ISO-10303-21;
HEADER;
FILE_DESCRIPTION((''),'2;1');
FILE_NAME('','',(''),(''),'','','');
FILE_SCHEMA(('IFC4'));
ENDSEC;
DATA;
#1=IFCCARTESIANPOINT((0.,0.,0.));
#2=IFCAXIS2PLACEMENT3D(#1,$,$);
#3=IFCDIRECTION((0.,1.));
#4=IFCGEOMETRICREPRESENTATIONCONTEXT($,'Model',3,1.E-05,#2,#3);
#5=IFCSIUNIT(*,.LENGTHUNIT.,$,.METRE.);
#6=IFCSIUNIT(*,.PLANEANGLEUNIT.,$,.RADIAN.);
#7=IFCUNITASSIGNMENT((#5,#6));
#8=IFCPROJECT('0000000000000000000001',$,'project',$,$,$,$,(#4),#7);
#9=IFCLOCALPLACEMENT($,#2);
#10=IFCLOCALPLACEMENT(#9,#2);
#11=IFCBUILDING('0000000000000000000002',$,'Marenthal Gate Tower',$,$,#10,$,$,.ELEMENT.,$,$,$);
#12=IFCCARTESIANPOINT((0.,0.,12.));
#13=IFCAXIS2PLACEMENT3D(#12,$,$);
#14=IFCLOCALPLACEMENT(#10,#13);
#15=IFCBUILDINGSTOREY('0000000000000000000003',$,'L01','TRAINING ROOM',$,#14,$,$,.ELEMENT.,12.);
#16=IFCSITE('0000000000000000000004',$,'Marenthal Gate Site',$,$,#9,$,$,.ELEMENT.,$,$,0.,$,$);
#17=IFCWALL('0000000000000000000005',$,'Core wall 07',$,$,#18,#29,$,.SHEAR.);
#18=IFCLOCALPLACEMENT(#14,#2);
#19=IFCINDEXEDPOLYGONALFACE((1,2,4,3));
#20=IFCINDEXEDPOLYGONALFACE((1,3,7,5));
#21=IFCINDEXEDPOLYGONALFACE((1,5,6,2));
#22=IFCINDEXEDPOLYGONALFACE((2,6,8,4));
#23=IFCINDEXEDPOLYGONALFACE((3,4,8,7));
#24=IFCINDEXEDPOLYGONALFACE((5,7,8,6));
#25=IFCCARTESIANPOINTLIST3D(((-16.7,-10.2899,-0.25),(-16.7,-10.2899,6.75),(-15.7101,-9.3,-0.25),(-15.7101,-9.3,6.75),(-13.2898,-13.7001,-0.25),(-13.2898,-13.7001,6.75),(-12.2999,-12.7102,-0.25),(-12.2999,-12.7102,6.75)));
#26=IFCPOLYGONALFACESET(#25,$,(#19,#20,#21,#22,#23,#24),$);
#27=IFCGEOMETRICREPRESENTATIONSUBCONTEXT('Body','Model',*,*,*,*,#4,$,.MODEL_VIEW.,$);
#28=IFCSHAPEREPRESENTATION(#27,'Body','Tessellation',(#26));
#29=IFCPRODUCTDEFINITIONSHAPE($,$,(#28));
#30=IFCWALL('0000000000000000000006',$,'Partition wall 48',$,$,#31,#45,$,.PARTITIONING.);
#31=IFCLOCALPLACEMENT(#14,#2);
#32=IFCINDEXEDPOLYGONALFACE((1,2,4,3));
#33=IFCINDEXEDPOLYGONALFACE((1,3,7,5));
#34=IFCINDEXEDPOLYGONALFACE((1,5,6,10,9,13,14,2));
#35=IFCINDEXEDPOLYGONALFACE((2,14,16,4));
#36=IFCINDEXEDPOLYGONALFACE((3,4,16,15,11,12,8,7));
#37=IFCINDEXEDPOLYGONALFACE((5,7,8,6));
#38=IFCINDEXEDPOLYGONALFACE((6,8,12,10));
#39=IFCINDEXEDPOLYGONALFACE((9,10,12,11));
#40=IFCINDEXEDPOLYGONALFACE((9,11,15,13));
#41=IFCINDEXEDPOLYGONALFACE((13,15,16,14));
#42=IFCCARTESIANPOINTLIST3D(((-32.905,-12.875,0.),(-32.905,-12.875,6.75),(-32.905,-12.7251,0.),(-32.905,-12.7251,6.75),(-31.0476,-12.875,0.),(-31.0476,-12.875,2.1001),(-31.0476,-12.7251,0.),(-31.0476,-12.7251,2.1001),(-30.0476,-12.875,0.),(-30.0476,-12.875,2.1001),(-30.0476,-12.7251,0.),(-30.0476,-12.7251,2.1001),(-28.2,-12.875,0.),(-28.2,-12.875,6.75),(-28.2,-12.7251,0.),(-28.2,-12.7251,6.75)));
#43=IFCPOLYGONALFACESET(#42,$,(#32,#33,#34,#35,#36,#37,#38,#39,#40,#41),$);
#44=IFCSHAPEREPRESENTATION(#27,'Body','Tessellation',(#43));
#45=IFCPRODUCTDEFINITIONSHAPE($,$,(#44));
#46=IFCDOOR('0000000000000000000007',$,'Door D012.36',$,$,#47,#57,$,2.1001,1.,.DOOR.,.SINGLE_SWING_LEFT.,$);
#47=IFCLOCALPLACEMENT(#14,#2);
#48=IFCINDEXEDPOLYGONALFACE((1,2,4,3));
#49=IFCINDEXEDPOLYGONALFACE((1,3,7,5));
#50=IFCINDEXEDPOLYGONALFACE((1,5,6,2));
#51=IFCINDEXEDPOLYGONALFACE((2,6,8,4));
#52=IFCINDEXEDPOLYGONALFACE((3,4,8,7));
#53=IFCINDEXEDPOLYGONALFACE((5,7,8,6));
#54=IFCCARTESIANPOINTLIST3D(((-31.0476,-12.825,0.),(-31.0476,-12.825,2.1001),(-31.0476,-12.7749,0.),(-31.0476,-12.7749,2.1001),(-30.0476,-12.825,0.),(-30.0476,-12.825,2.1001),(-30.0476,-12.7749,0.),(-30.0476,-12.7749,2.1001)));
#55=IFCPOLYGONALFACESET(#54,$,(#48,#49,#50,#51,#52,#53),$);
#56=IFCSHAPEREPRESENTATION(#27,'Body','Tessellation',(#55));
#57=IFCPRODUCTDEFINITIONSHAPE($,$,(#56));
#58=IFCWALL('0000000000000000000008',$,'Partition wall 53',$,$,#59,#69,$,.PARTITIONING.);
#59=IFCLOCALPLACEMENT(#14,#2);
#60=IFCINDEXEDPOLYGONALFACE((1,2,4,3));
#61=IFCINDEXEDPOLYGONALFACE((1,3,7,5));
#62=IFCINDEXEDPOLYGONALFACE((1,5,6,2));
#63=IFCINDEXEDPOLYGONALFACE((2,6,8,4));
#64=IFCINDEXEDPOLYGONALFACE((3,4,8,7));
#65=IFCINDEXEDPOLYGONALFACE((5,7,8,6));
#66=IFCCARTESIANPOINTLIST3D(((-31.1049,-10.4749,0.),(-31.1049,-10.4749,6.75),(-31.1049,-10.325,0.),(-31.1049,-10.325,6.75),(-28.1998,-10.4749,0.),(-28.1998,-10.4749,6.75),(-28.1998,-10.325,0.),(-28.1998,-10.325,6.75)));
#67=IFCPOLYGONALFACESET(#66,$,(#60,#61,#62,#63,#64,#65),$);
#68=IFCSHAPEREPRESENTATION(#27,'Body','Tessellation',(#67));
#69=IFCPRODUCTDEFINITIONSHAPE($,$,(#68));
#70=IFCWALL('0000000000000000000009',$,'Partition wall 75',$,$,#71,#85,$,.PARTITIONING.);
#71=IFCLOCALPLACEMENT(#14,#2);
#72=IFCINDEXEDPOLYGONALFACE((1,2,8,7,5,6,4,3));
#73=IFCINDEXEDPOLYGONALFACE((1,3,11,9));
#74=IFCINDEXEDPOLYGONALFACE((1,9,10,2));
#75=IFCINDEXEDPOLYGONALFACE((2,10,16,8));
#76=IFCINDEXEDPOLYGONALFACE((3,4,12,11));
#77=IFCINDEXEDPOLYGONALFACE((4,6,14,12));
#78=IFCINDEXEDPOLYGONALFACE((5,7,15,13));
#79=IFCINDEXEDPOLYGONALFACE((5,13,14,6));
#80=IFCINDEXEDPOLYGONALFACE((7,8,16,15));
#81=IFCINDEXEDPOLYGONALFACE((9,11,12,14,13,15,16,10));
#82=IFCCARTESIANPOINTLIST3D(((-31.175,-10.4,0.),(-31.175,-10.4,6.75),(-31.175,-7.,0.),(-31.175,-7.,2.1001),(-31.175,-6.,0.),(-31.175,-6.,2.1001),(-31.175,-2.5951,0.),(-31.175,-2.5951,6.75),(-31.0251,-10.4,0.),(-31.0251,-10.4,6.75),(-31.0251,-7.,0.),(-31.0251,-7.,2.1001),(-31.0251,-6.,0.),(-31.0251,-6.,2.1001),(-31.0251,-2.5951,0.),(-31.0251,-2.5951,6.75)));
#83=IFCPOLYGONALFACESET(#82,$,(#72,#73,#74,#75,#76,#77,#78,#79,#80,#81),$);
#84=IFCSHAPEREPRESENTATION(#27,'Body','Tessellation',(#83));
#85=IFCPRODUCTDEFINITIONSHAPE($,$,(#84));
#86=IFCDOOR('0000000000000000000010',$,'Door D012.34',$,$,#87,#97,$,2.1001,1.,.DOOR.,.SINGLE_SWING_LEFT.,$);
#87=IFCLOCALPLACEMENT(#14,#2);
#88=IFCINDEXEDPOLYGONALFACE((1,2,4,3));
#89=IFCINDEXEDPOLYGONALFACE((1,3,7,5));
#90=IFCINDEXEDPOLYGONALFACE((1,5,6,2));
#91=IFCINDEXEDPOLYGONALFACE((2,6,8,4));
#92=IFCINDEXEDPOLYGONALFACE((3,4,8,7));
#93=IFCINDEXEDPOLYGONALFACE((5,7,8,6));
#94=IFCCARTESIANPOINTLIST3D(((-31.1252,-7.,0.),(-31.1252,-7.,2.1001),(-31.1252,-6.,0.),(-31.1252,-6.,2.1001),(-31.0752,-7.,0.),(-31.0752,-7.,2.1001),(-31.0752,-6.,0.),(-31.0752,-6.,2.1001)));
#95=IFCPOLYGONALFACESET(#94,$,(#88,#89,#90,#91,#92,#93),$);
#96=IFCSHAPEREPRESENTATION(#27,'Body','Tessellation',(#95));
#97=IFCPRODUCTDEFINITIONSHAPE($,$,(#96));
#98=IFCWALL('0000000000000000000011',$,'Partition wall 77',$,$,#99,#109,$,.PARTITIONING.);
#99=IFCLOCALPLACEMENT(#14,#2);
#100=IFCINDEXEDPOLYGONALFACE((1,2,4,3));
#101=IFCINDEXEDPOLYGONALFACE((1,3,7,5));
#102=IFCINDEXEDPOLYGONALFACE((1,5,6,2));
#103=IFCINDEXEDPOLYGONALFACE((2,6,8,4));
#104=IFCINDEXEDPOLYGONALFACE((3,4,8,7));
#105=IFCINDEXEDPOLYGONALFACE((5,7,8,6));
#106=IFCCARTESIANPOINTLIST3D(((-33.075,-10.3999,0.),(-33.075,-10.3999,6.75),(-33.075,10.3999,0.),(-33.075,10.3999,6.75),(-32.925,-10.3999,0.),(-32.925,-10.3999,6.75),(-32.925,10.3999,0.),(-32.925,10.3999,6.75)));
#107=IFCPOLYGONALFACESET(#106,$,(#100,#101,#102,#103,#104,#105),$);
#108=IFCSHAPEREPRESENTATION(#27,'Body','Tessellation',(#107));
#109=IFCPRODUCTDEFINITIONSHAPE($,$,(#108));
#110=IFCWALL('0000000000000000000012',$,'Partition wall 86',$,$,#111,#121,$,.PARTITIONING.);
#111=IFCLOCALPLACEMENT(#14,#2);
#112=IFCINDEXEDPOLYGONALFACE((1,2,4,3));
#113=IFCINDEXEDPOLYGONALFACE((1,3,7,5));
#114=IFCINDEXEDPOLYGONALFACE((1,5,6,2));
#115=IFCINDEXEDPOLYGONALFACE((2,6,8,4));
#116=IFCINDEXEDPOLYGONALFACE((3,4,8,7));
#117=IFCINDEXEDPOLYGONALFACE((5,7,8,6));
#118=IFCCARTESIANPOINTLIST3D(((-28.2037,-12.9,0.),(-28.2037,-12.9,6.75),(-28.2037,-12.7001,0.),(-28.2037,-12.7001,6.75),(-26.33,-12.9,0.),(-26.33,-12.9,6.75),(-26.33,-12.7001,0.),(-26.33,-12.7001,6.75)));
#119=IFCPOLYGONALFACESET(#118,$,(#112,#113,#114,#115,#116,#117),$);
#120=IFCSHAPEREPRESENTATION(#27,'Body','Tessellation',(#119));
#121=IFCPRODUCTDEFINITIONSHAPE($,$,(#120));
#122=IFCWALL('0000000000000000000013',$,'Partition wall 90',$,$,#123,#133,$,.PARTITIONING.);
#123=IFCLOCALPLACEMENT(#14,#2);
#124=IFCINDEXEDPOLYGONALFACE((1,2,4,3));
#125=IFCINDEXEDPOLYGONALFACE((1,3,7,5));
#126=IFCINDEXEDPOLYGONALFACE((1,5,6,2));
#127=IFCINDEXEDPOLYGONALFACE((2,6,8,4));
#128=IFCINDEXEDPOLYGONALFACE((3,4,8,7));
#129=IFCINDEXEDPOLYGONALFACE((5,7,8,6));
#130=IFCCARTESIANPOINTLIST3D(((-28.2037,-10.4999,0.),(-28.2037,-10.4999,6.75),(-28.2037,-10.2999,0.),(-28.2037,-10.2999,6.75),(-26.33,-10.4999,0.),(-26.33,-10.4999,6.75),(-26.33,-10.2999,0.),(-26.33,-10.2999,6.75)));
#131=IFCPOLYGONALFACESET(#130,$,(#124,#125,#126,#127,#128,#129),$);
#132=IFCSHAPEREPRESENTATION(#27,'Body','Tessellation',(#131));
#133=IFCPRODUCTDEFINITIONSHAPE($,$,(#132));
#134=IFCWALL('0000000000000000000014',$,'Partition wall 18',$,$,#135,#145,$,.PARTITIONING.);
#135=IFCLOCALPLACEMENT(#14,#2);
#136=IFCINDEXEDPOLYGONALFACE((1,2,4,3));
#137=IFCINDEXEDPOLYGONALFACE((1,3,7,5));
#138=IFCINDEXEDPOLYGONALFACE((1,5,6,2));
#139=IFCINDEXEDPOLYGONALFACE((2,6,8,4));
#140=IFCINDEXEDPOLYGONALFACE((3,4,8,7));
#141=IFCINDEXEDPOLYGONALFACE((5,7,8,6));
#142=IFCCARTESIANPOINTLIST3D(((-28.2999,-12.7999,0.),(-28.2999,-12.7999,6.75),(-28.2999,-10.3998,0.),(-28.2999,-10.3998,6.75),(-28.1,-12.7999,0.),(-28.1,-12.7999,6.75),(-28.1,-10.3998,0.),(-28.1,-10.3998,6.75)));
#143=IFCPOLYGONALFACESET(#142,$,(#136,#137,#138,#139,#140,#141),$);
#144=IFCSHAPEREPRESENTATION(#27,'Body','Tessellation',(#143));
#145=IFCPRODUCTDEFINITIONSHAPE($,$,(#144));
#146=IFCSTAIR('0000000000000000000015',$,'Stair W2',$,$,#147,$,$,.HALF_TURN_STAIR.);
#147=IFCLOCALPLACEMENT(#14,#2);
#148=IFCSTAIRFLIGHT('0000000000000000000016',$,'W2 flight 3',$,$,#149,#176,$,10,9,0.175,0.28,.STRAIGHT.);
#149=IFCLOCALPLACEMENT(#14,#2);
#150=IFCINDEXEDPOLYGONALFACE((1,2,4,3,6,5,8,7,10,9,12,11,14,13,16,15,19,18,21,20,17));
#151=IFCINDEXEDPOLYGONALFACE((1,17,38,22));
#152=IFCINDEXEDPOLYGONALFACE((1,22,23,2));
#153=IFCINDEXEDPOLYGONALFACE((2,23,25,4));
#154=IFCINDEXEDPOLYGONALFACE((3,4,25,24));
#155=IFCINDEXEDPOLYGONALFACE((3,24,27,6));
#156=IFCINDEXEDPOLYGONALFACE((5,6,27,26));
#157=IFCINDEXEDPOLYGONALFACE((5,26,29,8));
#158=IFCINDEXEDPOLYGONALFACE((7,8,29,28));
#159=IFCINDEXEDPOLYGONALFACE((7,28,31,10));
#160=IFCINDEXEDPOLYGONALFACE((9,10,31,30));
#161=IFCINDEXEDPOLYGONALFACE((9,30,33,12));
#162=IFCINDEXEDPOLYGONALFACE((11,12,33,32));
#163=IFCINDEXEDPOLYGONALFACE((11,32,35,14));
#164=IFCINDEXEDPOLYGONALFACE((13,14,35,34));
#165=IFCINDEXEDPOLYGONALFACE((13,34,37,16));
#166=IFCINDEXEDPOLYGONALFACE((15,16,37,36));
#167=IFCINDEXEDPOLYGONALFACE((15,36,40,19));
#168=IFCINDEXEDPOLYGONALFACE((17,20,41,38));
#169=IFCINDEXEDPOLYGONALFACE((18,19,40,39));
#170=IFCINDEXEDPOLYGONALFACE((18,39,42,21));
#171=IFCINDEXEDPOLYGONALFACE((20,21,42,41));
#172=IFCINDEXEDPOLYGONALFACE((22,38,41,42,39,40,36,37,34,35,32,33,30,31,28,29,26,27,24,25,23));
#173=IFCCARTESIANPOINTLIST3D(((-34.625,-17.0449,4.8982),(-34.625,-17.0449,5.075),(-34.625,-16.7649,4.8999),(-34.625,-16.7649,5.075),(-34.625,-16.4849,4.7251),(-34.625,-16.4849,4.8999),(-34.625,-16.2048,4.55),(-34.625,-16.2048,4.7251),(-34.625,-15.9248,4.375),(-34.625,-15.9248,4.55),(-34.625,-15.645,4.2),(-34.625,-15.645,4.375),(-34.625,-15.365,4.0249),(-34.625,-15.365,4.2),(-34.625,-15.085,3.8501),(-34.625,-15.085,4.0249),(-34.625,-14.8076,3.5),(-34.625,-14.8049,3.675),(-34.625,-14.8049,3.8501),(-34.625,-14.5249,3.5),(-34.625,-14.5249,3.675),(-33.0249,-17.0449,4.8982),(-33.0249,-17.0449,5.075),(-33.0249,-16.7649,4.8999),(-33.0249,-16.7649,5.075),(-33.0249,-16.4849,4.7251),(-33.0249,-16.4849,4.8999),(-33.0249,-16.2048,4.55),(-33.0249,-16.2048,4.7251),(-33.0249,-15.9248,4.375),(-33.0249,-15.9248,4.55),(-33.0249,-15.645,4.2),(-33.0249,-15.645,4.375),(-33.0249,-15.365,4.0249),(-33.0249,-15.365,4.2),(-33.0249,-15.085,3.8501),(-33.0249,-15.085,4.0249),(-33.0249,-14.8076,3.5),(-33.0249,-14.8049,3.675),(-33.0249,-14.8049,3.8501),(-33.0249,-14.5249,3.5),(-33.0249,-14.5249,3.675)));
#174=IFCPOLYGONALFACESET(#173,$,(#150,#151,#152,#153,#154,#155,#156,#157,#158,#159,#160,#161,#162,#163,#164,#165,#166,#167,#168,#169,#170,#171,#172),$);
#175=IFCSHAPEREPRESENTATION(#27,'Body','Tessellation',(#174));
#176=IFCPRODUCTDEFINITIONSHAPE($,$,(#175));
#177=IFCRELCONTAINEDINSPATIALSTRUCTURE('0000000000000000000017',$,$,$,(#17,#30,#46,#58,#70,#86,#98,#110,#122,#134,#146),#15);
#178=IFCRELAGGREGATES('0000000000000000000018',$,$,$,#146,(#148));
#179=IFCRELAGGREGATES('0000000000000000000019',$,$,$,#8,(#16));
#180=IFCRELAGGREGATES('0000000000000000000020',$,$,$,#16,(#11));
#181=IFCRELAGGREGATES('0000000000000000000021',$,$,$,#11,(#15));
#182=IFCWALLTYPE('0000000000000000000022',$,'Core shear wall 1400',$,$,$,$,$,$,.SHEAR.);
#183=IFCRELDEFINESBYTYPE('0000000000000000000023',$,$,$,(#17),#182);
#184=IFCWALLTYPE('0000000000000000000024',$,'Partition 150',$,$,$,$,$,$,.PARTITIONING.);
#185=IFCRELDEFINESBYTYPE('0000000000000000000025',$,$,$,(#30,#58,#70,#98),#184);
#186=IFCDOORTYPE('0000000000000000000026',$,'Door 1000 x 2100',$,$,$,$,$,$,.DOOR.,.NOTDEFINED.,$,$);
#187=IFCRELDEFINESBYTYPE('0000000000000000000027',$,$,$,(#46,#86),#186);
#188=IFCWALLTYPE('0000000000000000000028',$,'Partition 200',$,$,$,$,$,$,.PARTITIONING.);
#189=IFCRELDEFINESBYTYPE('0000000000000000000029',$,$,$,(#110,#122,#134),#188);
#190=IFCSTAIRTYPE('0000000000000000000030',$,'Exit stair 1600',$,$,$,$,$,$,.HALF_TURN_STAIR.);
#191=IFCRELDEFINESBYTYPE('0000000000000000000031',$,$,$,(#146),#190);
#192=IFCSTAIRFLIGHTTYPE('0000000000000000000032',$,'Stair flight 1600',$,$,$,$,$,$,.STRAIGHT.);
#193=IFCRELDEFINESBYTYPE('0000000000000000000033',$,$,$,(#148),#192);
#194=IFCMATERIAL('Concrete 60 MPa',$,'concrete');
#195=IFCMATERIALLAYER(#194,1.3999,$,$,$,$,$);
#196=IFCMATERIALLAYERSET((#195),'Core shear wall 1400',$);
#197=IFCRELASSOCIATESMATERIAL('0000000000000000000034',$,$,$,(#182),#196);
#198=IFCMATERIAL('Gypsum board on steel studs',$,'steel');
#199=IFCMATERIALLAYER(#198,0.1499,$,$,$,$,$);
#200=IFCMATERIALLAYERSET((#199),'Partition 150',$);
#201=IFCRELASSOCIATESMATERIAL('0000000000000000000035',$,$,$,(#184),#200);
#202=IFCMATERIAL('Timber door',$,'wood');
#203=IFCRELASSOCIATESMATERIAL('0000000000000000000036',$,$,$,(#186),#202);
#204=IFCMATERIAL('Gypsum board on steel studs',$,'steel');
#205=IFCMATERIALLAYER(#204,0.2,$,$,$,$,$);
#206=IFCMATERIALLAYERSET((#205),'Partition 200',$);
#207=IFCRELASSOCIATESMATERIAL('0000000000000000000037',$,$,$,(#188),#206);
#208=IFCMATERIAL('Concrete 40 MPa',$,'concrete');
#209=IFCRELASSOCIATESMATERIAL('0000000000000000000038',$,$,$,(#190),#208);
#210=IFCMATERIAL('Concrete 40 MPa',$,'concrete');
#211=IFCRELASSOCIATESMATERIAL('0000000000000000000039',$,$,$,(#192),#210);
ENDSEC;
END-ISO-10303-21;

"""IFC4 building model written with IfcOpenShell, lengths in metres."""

from ifc_helpers import new_model, si_unit, direction, frame, frame_2d, origin, place, context, subcontext, project, spatial, polyline, rectangle, outline, extrude, material, layer, layer_set, type_object, element, fill, aggregate, save


model = new_model("IFC4")

# Units and contexts
model_context = context("Model", 3, precision=1e-05, world=origin(), true_north=direction((0.0, 1.0)))
body_context = subcontext(model_context, "Body", "Model", "MODEL_VIEW")
ifc_project = project(units=[si_unit("LENGTHUNIT", "METRE"), si_unit("PLANEANGLEUNIT", "RADIAN")], contexts=[model_context])

# Site, building, storey
site_placement = place(None, origin())
site = spatial("IfcSite", under=ifc_project, at=site_placement, Name="Marenthal Gate Site", CompositionType="ELEMENT", RefElevation=0.0)
building_placement = place(site_placement, origin())
building = spatial("IfcBuilding", under=site, at=building_placement, Name="Marenthal Gate Tower", CompositionType="ELEMENT")
storey_placement = place(building_placement, frame((0.0, 0.0, 12.0)))
storey = spatial("IfcBuildingStorey", under=building, at=storey_placement, Name="L01", Description="TRAINING ROOM", CompositionType="ELEMENT", Elevation=12.0)

# Wall
ifc_material_1 = material(Name="Concrete 60 MPa", Category="concrete")
ifc_layer_1 = layer(ifc_material_1, 1.3999)
ifc_layer_set_1 = layer_set([ifc_layer_1], Name="Core shear wall 1400")
wall_type_1 = type_object("IfcWallType", Name="Core shear wall 1400", PredefinedType="SHEAR", material=ifc_layer_set_1)
wall_1_placement = place(storey_placement, frame((-16.2051, -9.7949, -0.25), z_axis=(0.0, 0.0, 1.0), x_axis=(0.707107, -0.707107, 0.0)))
element("IfcWall", 1, at=wall_1_placement, inside=storey, type_object=wall_type_1, Name="Core wall 07", PredefinedType="SHEAR", context=body_context, shape_type="SweptSolid", body=[
    extrude(rectangle(XDim=4.8228, YDim=1.3999, at=frame_2d((2.4114, 0.0))), origin(), (0.0, 0.0, 1.0), 7.0),
])

# Wall, opening, door
ifc_material_2 = material(Name="Gypsum board on steel studs", Category="steel")
ifc_layer_2 = layer(ifc_material_2, 0.1499)
ifc_layer_set_2 = layer_set([ifc_layer_2], Name="Partition 150")
wall_type_2 = type_object("IfcWallType", Name="Partition 150", PredefinedType="PARTITIONING", material=ifc_layer_set_2)
wall_2_placement = place(storey_placement, frame((-32.905, -12.8, 0.0), z_axis=(0.0, 0.0, 1.0), x_axis=(1.0, 0.0, 0.0)))
wall_2 = element("IfcWall", 2, at=wall_2_placement, inside=storey, type_object=wall_type_2, Name="Partition wall 48", PredefinedType="PARTITIONING", context=body_context, shape_type="SweptSolid", body=[
    extrude(rectangle(XDim=4.7051, YDim=0.1499, at=frame_2d((2.3525, 0.0))), origin(), (0.0, 0.0, 1.0), 6.75),
])
opening_1_placement = place(wall_2_placement, frame((1.8574, 0.0, 0.0)))
opening_1 = element("IfcOpeningElement", 3, at=opening_1_placement, cuts=wall_2, PredefinedType="OPENING", context=body_context, shape_type="SweptSolid", body=[
    extrude(rectangle(XDim=1.0, YDim=2.1001, at=frame_2d((0.5, 1.05))), frame((0.0, 0.085, 0.0), z_axis=(0.0, -1.0, 0.0), x_axis=(1.0, 0.0, 0.0)), (0.0, 0.0, 1.0), 0.1699),
])
ifc_material_3 = material(Name="Timber door", Category="wood")
door_type = type_object("IfcDoorType", Name="Door 1000 x 2100", OperationType="NOTDEFINED", PredefinedType="DOOR", material=ifc_material_3)
door_1_placement = place(opening_1_placement, frame((1.0, 0.0, 0.0), z_axis=(0.0, 0.0, 1.0), x_axis=(-1.0, 0.0, 0.0)))
door_1 = element("IfcDoor", 4, at=door_1_placement, inside=storey, type_object=door_type, Name="Door D012.36", OperationType="SINGLE_SWING_LEFT", OverallHeight=2.1001, OverallWidth=1.0, PredefinedType="DOOR", context=body_context, shape_type="SweptSolid", body=[
    extrude(rectangle(XDim=1.0, YDim=2.1001, at=frame_2d((0.5, 1.05))), frame((0.0, 0.0249, 0.0), z_axis=(0.0, -1.0, 0.0), x_axis=(1.0, 0.0, 0.0)), (0.0, 0.0, 1.0), 0.05),
])
fill(opening_1, door_1)

# Wall
wall_3_placement = place(storey_placement, frame((-31.105, -10.3999, 0.0), z_axis=(0.0, 0.0, 1.0), x_axis=(1.0, 0.0, 0.0)))
element("IfcWall", 5, at=wall_3_placement, inside=storey, type_object=wall_type_2, Name="Partition wall 53", PredefinedType="PARTITIONING", context=body_context, shape_type="SweptSolid", body=[
    extrude(rectangle(XDim=2.905, YDim=0.1499, at=frame_2d((1.4526, 0.0))), origin(), (0.0, 0.0, 1.0), 6.75),
])

# Wall, opening, door
wall_4_placement = place(storey_placement, frame((-31.1001, -10.3999, 0.0), z_axis=(0.0, 0.0, 1.0), x_axis=(0.0, 1.0, 0.0)))
wall_4 = element("IfcWall", 6, at=wall_4_placement, inside=storey, type_object=wall_type_2, Name="Partition wall 75", PredefinedType="PARTITIONING", context=body_context, shape_type="SweptSolid", body=[
    extrude(rectangle(XDim=7.8049, YDim=0.1499, at=frame_2d((3.9023, 0.0))), origin(), (0.0, 0.0, 1.0), 6.75),
])
opening_2_placement = place(wall_4_placement, frame((3.3999, 0.0, 0.0)))
opening_2 = element("IfcOpeningElement", 7, at=opening_2_placement, cuts=wall_4, PredefinedType="OPENING", context=body_context, shape_type="SweptSolid", body=[
    extrude(rectangle(XDim=1.0, YDim=2.1001, at=frame_2d((0.5, 1.05))), frame((0.0, 0.085, 0.0), z_axis=(0.0, -1.0, 0.0), x_axis=(1.0, 0.0, 0.0)), (0.0, 0.0, 1.0), 0.1699),
])
door_2_placement = place(opening_2_placement, frame((1.0, 0.0, 0.0), z_axis=(0.0, 0.0, 1.0), x_axis=(-1.0, 0.0, 0.0)))
door_2 = element("IfcDoor", 8, at=door_2_placement, inside=storey, type_object=door_type, Name="Door D012.34", OperationType="SINGLE_SWING_LEFT", OverallHeight=2.1001, OverallWidth=1.0, PredefinedType="DOOR", context=body_context, shape_type="SweptSolid", body=[
    extrude(rectangle(XDim=1.0, YDim=2.1001, at=frame_2d((0.5, 1.05))), frame((0.0, 0.0249, 0.0), z_axis=(0.0, -1.0, 0.0), x_axis=(1.0, 0.0, 0.0)), (0.0, 0.0, 1.0), 0.05),
])
fill(opening_2, door_2)

# Walls
wall_5_placement = place(storey_placement, frame((-33.0, -10.3999, 0.0), z_axis=(0.0, 0.0, 1.0), x_axis=(0.0, 1.0, 0.0)))
element("IfcWall", 9, at=wall_5_placement, inside=storey, type_object=wall_type_2, Name="Partition wall 77", PredefinedType="PARTITIONING", context=body_context, shape_type="SweptSolid", body=[
    extrude(rectangle(XDim=20.7998, YDim=0.1499, at=frame_2d((10.3999, 0.0))), origin(), (0.0, 0.0, 1.0), 6.75),
])
ifc_material_4 = material(Name="Gypsum board on steel studs", Category="steel")
ifc_layer_3 = layer(ifc_material_4, 0.2)
ifc_layer_set_3 = layer_set([ifc_layer_3], Name="Partition 200")
wall_type_3 = type_object("IfcWallType", Name="Partition 200", PredefinedType="PARTITIONING", material=ifc_layer_set_3)
for number, where, z_axis, x_axis, name in (
    (10, (-28.2039, -12.8, 0.0), (0.0, 0.0, 1.0), (1.0, 0.0, 0.0), "Partition wall 86"),
    (11, (-28.2039, -10.3999, 0.0), (0.0, 0.0, 1.0), (1.0, 0.0, 0.0), "Partition wall 90"),
):
    element("IfcWall", number, at=place(storey_placement, frame(where, z_axis=z_axis, x_axis=x_axis)), inside=storey, type_object=wall_type_3, Name=name, PredefinedType="PARTITIONING", context=body_context, shape_type="SweptSolid", body=[
        extrude(rectangle(XDim=1.8738, YDim=0.2, at=frame_2d((0.937, 0.0))), origin(), (0.0, 0.0, 1.0), 6.75),
    ])
wall_6_placement = place(storey_placement, frame((-28.2, -12.8, 0.0), z_axis=(0.0, 0.0, 1.0), x_axis=(0.0, 1.0, 0.0)))
element("IfcWall", 12, at=wall_6_placement, inside=storey, type_object=wall_type_3, Name="Partition wall 18", PredefinedType="PARTITIONING", context=body_context, shape_type="SweptSolid", body=[
    extrude(rectangle(XDim=2.4001, YDim=0.2, at=frame_2d((1.2002, 0.0))), origin(), (0.0, 0.0, 1.0), 6.75),
])

# Stair, stair flight
ifc_material_5 = material(Name="Concrete 40 MPa", Category="concrete")
stair_type = type_object("IfcStairType", Name="Exit stair 1600", PredefinedType="HALF_TURN_STAIR", material=ifc_material_5)
stair_placement = place(storey_placement, origin())
stair = element("IfcStair", 13, at=stair_placement, inside=storey, type_object=stair_type, Name="Stair W2", PredefinedType="HALF_TURN_STAIR")
ifc_material_6 = material(Name="Concrete 40 MPa", Category="concrete")
stair_flight_type = type_object("IfcStairFlightType", Name="Stair flight 1600", PredefinedType="STRAIGHT", material=ifc_material_6)
stair_flight_placement = place(storey_placement, frame((-33.825, -14.5249, 3.5), z_axis=(0.0, 0.0, 1.0), x_axis=(0.0, -1.0, 0.0)))
stair_flight = element("IfcStairFlight", 14, at=stair_flight_placement, type_object=stair_flight_type, Name="W2 flight 3", NumberOfRisers=10, NumberOfTreads=9, PredefinedType="STRAIGHT", RiserHeight=0.175, TreadLength=0.28, context=body_context, shape_type="SweptSolid", body=[
    extrude(outline(polyline([(0.0, 0.0), (0.0, 0.175), (0.28, 0.175), (0.28, 0.3501), (0.5601, 0.3501), (0.5601, 0.5249), (0.8401, 0.5249), (0.8401, 0.7), (1.1201, 0.7), (1.1201, 0.875), (1.3999, 0.875), (1.3999, 1.05), (1.6799, 1.05), (1.6799, 1.2251), (1.96, 1.2251), (1.96, 1.3999), (2.24, 1.3999), (2.24, 1.575), (2.52, 1.575), (2.52, 1.75), (2.52, 1.3982), (0.2827, 0.0), (0.0, 0.0)])), frame((0.0, 0.8, 0.0), z_axis=(0.0, -1.0, 0.0), x_axis=(1.0, 0.0, 0.0)), (0.0, 0.0, 1.0), 1.6001),
])
aggregate(stair, [stair_flight])

save(model, "model.ifc")
